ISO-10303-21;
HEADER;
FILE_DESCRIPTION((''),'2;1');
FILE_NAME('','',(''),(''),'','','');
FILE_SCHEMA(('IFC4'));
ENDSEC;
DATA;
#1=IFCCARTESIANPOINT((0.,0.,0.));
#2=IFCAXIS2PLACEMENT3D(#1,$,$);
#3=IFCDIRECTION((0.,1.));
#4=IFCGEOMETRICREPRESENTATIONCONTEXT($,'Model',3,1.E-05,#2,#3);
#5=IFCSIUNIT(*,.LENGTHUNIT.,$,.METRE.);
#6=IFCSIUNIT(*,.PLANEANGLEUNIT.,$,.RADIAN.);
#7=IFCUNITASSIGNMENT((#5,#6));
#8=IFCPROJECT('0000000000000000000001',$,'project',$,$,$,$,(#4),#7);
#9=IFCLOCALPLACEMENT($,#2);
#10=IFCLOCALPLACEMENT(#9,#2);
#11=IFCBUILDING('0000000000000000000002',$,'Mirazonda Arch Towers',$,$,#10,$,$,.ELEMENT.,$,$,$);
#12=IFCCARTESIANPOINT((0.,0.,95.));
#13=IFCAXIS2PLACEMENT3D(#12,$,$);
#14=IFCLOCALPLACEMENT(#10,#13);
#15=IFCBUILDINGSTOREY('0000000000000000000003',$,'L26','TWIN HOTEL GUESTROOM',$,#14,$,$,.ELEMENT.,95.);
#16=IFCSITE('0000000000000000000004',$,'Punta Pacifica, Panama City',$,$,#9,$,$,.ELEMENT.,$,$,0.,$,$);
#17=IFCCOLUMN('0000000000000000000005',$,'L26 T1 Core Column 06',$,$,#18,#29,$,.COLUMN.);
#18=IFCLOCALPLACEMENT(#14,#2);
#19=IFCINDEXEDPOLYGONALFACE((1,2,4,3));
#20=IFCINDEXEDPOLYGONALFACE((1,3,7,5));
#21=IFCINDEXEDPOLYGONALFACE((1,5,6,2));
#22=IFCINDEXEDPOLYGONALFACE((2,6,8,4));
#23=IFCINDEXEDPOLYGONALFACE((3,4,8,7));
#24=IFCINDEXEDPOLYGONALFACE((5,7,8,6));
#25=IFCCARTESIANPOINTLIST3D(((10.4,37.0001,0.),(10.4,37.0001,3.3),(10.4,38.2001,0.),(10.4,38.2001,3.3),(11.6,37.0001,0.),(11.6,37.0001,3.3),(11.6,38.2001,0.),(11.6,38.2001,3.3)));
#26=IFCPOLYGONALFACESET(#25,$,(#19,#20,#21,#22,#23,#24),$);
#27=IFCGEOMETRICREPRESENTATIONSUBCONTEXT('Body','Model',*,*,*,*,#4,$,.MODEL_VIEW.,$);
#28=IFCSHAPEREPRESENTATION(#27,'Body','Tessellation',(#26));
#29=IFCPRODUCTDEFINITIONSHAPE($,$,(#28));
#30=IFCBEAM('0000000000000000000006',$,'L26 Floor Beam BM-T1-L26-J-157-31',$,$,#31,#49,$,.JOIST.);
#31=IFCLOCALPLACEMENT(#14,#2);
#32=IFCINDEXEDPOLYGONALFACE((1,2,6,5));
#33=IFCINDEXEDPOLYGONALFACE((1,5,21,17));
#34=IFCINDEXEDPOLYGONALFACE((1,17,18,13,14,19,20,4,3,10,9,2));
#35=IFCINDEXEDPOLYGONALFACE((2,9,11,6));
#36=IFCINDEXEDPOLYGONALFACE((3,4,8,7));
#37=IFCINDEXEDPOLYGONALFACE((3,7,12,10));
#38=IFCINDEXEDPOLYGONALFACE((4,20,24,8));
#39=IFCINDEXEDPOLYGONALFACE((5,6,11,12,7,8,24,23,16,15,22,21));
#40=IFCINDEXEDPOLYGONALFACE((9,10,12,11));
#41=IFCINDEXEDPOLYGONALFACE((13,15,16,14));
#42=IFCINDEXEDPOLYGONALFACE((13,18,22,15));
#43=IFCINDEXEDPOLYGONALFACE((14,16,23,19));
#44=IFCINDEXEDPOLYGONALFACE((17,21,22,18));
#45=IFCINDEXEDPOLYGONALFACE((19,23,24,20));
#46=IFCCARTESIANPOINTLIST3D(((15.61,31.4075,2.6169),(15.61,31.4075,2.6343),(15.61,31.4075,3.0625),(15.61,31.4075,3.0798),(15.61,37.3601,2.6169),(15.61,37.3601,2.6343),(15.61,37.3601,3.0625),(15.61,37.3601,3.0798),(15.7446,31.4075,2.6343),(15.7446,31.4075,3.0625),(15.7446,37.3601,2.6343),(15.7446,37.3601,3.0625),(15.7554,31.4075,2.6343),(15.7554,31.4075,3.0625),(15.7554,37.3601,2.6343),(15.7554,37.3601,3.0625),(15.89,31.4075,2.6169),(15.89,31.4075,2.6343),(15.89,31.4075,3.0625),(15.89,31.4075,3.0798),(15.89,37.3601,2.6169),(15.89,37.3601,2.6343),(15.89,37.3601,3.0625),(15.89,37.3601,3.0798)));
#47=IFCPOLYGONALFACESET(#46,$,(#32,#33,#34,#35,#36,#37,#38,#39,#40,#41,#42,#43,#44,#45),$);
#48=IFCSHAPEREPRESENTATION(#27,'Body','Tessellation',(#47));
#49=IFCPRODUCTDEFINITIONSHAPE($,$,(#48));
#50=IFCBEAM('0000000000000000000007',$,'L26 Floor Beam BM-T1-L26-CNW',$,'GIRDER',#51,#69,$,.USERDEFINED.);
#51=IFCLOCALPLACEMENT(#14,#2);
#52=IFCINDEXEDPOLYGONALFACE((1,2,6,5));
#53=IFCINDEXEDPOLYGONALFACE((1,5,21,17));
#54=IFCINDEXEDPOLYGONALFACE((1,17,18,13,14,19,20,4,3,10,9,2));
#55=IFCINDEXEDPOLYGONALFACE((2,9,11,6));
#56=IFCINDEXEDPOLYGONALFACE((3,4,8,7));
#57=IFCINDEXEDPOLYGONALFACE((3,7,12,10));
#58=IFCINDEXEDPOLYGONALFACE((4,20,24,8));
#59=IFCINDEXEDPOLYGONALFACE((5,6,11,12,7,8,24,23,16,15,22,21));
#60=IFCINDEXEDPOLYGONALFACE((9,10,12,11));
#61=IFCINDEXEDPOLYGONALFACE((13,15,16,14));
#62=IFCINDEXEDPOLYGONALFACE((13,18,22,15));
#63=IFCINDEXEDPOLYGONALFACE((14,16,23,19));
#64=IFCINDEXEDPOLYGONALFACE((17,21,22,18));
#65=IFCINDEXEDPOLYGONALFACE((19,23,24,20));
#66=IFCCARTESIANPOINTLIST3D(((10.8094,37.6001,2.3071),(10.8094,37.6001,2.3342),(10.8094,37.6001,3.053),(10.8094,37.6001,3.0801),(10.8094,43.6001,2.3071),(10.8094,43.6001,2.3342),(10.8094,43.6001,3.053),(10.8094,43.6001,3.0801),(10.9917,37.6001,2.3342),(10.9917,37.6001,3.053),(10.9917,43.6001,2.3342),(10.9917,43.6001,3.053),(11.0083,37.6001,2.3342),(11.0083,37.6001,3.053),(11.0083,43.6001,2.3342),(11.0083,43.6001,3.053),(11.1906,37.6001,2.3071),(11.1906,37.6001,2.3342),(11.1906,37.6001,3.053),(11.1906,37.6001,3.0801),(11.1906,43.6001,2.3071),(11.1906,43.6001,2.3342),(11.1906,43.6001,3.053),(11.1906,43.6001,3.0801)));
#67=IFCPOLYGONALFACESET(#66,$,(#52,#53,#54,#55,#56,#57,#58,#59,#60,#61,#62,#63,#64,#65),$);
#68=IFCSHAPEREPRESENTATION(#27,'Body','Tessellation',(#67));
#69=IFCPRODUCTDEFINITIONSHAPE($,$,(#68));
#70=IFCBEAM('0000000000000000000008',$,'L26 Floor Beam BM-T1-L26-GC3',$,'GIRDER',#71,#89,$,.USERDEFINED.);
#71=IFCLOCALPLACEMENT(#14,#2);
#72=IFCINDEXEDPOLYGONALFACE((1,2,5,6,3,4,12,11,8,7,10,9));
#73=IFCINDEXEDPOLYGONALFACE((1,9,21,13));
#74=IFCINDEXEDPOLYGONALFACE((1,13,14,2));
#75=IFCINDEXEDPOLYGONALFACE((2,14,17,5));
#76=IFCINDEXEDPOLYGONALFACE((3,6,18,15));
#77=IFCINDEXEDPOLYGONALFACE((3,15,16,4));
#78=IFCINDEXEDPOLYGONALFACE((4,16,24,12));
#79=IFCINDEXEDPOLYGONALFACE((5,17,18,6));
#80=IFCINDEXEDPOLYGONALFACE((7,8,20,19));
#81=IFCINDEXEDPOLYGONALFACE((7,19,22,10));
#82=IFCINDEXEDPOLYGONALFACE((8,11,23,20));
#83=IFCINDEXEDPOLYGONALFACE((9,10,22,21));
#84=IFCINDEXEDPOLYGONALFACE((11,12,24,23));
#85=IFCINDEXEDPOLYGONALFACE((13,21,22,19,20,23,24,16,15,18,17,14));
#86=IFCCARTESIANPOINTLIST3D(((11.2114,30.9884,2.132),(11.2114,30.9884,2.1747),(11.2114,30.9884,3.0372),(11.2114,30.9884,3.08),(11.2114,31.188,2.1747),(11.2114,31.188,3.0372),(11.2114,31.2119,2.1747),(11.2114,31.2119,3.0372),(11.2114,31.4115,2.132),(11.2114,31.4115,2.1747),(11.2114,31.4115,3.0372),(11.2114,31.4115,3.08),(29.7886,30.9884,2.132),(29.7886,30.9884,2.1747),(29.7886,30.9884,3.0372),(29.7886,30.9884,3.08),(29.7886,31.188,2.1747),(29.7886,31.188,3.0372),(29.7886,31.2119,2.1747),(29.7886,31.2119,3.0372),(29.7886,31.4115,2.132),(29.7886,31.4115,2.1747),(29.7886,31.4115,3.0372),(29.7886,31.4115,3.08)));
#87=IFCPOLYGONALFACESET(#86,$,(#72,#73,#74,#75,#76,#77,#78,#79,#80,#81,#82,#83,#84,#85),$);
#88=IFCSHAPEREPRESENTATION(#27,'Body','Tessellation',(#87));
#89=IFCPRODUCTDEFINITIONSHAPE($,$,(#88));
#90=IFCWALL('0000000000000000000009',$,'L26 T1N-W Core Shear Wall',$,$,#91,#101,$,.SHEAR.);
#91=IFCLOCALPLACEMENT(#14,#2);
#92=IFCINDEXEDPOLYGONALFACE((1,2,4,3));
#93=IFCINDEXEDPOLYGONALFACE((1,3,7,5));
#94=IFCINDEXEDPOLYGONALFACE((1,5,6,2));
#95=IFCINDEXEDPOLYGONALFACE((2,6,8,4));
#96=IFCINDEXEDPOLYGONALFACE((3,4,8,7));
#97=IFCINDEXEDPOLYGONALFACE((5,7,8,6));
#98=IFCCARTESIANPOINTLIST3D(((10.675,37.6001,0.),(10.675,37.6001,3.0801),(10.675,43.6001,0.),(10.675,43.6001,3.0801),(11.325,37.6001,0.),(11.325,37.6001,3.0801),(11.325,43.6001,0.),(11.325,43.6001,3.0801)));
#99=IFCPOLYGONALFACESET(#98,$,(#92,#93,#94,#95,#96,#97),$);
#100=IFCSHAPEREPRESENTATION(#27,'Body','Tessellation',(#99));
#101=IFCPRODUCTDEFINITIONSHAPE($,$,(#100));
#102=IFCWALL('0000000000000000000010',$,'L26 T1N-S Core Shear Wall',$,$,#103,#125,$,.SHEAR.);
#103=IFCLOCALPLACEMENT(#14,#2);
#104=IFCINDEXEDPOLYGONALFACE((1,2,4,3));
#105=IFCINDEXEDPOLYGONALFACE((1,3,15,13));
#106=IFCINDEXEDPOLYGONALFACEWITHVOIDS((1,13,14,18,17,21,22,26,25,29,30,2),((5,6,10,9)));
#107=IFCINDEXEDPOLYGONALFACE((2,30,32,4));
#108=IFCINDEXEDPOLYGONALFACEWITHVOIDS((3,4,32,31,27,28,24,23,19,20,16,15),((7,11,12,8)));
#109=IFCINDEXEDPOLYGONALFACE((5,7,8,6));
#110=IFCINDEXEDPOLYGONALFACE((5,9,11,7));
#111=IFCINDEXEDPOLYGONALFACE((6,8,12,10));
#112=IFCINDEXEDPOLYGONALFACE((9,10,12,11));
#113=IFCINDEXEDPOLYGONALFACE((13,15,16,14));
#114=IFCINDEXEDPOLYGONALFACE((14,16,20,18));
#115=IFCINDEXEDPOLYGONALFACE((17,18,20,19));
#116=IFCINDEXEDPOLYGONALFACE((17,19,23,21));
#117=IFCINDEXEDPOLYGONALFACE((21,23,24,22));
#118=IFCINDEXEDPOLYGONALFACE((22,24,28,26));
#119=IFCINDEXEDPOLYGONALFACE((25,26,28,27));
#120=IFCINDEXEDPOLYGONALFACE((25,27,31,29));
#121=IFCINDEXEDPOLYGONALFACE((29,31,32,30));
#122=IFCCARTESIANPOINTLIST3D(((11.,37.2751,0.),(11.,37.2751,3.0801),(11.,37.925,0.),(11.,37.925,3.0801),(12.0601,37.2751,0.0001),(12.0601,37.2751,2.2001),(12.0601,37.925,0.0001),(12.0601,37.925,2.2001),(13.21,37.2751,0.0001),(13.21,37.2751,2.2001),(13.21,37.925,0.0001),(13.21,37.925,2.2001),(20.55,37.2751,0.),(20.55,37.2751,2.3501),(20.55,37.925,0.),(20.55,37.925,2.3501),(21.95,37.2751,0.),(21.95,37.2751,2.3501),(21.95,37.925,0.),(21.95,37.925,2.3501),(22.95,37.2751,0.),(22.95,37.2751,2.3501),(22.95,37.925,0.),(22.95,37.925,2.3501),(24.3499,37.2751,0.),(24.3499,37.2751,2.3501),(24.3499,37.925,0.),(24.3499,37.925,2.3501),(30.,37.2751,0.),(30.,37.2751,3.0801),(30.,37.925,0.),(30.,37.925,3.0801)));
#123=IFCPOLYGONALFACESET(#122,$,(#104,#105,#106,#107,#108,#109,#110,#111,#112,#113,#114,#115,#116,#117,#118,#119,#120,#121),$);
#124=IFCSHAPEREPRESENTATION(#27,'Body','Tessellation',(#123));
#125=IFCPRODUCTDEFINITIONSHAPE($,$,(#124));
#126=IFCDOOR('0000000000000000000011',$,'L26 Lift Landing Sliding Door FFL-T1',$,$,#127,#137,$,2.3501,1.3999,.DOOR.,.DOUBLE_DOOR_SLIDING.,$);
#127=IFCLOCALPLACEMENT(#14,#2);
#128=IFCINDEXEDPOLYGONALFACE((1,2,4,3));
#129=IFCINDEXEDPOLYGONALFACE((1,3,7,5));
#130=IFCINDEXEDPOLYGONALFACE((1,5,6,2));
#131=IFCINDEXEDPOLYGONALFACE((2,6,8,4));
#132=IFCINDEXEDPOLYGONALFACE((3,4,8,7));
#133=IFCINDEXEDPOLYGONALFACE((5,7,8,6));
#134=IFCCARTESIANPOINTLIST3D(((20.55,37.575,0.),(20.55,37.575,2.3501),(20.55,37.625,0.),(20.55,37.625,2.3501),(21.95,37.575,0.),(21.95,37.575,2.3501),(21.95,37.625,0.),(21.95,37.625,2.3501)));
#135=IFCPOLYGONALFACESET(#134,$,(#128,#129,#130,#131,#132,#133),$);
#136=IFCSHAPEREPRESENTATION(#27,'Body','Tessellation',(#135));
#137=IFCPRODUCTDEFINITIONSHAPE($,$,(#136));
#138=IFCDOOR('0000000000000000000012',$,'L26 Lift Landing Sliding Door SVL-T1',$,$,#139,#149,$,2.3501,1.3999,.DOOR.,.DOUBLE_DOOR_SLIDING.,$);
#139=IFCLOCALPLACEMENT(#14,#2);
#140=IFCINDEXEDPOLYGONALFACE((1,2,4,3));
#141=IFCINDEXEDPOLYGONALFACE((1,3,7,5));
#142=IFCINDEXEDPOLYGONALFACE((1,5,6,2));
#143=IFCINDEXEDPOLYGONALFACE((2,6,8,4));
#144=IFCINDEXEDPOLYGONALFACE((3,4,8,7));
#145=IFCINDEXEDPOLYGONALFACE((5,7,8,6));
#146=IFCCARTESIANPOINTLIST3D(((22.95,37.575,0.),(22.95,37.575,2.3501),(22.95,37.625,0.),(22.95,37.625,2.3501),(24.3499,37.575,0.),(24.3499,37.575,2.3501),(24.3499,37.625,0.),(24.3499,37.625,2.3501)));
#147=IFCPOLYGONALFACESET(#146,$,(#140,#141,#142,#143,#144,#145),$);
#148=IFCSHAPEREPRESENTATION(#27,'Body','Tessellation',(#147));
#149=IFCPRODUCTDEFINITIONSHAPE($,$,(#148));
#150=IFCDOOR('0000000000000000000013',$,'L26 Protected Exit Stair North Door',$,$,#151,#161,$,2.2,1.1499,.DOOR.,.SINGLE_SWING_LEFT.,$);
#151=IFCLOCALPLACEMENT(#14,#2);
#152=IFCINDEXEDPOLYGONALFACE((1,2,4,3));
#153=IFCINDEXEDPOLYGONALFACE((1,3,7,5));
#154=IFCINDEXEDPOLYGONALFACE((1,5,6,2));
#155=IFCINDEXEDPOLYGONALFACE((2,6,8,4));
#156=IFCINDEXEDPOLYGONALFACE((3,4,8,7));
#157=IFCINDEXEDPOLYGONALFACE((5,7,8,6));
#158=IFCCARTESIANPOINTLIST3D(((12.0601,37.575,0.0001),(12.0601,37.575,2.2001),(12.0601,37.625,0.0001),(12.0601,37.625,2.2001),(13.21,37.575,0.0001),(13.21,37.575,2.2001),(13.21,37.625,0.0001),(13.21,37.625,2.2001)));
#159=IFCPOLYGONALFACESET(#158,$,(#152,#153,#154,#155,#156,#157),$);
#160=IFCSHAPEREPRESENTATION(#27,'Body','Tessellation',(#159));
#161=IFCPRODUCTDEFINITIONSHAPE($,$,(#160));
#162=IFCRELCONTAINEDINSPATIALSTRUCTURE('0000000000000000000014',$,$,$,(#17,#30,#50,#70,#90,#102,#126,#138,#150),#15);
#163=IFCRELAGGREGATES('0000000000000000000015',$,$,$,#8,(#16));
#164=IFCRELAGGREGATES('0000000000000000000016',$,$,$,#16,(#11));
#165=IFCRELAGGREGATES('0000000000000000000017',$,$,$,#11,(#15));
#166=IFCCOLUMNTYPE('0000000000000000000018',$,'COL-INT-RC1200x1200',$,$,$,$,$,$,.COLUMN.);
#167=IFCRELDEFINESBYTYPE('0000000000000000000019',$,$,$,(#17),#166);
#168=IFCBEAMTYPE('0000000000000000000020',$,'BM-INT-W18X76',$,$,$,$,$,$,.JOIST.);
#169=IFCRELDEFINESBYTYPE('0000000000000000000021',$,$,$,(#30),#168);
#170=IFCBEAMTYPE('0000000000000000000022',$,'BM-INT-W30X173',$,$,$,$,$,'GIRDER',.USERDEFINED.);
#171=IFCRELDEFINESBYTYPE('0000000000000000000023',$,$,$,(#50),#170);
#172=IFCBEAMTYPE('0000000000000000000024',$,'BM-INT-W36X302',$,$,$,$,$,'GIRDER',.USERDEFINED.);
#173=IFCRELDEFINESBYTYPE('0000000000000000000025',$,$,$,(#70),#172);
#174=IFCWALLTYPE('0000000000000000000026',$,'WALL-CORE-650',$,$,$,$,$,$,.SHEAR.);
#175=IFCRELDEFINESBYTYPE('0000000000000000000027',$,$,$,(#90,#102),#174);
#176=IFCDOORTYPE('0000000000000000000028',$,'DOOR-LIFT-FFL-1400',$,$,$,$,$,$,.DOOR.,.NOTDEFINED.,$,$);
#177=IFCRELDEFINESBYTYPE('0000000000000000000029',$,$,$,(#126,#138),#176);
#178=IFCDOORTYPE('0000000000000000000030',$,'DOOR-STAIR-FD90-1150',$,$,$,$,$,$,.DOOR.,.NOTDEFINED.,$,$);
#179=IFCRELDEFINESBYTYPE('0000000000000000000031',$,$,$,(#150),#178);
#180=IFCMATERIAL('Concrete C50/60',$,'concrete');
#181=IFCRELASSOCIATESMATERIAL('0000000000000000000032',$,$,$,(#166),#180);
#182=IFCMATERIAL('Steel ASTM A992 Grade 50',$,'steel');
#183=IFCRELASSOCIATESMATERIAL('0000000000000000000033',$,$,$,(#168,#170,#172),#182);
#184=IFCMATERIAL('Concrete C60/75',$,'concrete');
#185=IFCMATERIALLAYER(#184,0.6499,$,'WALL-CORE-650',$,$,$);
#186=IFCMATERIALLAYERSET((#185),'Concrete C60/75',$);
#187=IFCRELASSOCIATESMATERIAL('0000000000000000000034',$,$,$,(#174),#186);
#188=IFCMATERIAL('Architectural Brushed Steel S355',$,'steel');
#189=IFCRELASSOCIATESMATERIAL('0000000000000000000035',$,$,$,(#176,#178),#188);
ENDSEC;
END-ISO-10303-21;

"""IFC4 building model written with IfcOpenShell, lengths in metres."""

from ifc_helpers import new_model, si_unit, direction, frame, frame_2d, origin, origin_2d, place, context, subcontext, project, spatial, rectangle, i_section, extrude, material, layer, layer_set, material_profile, profile_set, type_object, element, fill, save


model = new_model("IFC4")

# Units and contexts
model_context = context("Model", 3, precision=1e-05, world=origin(), true_north=direction((0.0, 1.0)))
body_context = subcontext(model_context, "Body", "Model", "MODEL_VIEW")
ifc_project = project(units=[si_unit("LENGTHUNIT", "METRE"), si_unit("PLANEANGLEUNIT", "RADIAN")], contexts=[model_context])

# Site, building, storey
site_placement = place(None, origin())
site = spatial("IfcSite", under=ifc_project, at=site_placement, Name="Punta Pacifica, Panama City", CompositionType="ELEMENT", RefElevation=0.0)
building_placement = place(site_placement, origin())
building = spatial("IfcBuilding", under=site, at=building_placement, Name="Mirazonda Arch Towers", CompositionType="ELEMENT")
storey_placement = place(building_placement, frame((0.0, 0.0, 95.0)))
storey = spatial("IfcBuildingStorey", under=building, at=storey_placement, Name="L26", Description="TWIN HOTEL GUESTROOM", CompositionType="ELEMENT", Elevation=95.0)

# Column
ifc_material_1 = material(Name="Concrete C50/60", Category="concrete")
ifc_material_profile_1 = material_profile(ifc_material_1, rectangle(XDim=1.2, YDim=1.2, at=origin_2d()), Name="RC1200x1200")
ifc_profile_set_1 = profile_set([ifc_material_profile_1], Name="Concrete C50/60")
column_type = type_object("IfcColumnType", Name="COL-INT-RC1200x1200", PredefinedType="COLUMN", material=ifc_profile_set_1)
column_placement = place(storey_placement, frame((11.0, 37.6001, 0.0), z_axis=(0.0, 0.0, 1.0), x_axis=(1.0, 0.0, 0.0)))
element("IfcColumn", 1, at=column_placement, inside=storey, type_object=column_type, Name="L26 T1 Core Column 06", PredefinedType="COLUMN", context=body_context, shape_type="SweptSolid", body=[
    extrude(rectangle(XDim=1.2, YDim=1.2, at=origin_2d()), origin(), (0.0, 0.0, 1.0), 3.3),
])

# Beams
ifc_material_2 = material(Name="Steel ASTM A992 Grade 50", Category="steel")
ifc_material_profile_2 = material_profile(ifc_material_2, i_section(OverallWidth=0.28, OverallDepth=0.4629, WebThickness=0.0107, FlangeThickness=0.0173, at=origin_2d()), Name="W18X76")
ifc_profile_set_2 = profile_set([ifc_material_profile_2], Name="Steel ASTM A992 Grade 50")
beam_type_1 = type_object("IfcBeamType", Name="BM-INT-W18X76", PredefinedType="JOIST", material=ifc_profile_set_2)
beam_1_placement = place(storey_placement, frame((15.75, 31.4075, 2.8484), z_axis=(0.0, 1.0, 0.0), x_axis=(-1.0, 0.0, 0.0)))
element("IfcBeam", 2, at=beam_1_placement, inside=storey, type_object=beam_type_1, Name="L26 Floor Beam BM-T1-L26-J-157-31", PredefinedType="JOIST", context=body_context, shape_type="SweptSolid", body=[
    extrude(i_section(OverallWidth=0.28, OverallDepth=0.4629, WebThickness=0.0107, FlangeThickness=0.0173, at=origin_2d()), origin(), (0.0, 0.0, 1.0), 5.9526),
])
ifc_material_profile_3 = material_profile(ifc_material_2, i_section(OverallWidth=0.3811, OverallDepth=0.7729, WebThickness=0.0166, FlangeThickness=0.0271, at=origin_2d()), Name="W30X173")
ifc_profile_set_3 = profile_set([ifc_material_profile_3], Name="Steel ASTM A992 Grade 50")
beam_type_2 = type_object("IfcBeamType", Name="BM-INT-W30X173", ElementType="GIRDER", PredefinedType="USERDEFINED", material=ifc_profile_set_3)
beam_2_placement = place(storey_placement, frame((11.0, 37.6001, 2.6936), z_axis=(0.0, 1.0, 0.0), x_axis=(-1.0, 0.0, 0.0)))
element("IfcBeam", 3, at=beam_2_placement, inside=storey, type_object=beam_type_2, Name="L26 Floor Beam BM-T1-L26-CNW", ObjectType="GIRDER", PredefinedType="USERDEFINED", context=body_context, shape_type="SweptSolid", body=[
    extrude(i_section(OverallWidth=0.3811, OverallDepth=0.7729, WebThickness=0.0166, FlangeThickness=0.0271, at=origin_2d()), origin(), (0.0, 0.0, 1.0), 6.0),
])
ifc_material_profile_4 = material_profile(ifc_material_2, i_section(OverallWidth=0.4231, OverallDepth=0.948, WebThickness=0.0239, FlangeThickness=0.0427, at=origin_2d()), Name="W36X302")
ifc_profile_set_4 = profile_set([ifc_material_profile_4], Name="Steel ASTM A992 Grade 50")
beam_type_3 = type_object("IfcBeamType", Name="BM-INT-W36X302", ElementType="GIRDER", PredefinedType="USERDEFINED", material=ifc_profile_set_4)
beam_3_placement = place(storey_placement, frame((11.2114, 31.2, 2.606), z_axis=(1.0, 0.0, 0.0), x_axis=(0.0, 1.0, 0.0)))
element("IfcBeam", 4, at=beam_3_placement, inside=storey, type_object=beam_type_3, Name="L26 Floor Beam BM-T1-L26-GC3", ObjectType="GIRDER", PredefinedType="USERDEFINED", context=body_context, shape_type="SweptSolid", body=[
    extrude(i_section(OverallWidth=0.4231, OverallDepth=0.948, WebThickness=0.0239, FlangeThickness=0.0427, at=origin_2d()), origin(), (0.0, 0.0, 1.0), 18.5771),
])

# Wall
ifc_material_3 = material(Name="Concrete C60/75", Category="concrete")
ifc_layer_1 = layer(ifc_material_3, 0.6499, Name="WALL-CORE-650")
ifc_layer_set_1 = layer_set([ifc_layer_1], Name="Concrete C60/75")
wall_type_1 = type_object("IfcWallType", Name="WALL-CORE-650", PredefinedType="SHEAR", material=ifc_layer_set_1)
wall_1_placement = place(storey_placement, frame((11.0, 37.6001, 0.0), z_axis=(0.0, 0.0, 1.0), x_axis=(0.0, 1.0, 0.0)))
element("IfcWall", 5, at=wall_1_placement, inside=storey, type_object=wall_type_1, Name="L26 T1N-W Core Shear Wall", PredefinedType="SHEAR", context=body_context, shape_type="SweptSolid", body=[
    extrude(rectangle(XDim=6.0, YDim=0.6499, at=frame_2d((3.0, 0.0))), origin(), (0.0, 0.0, 1.0), 3.0801),
])

# Wall, openings, doors
wall_2_placement = place(storey_placement, frame((11.0, 37.6001, 0.0), z_axis=(0.0, 0.0, 1.0), x_axis=(1.0, 0.0, 0.0)))
wall_2 = element("IfcWall", 6, at=wall_2_placement, inside=storey, type_object=wall_type_1, Name="L26 T1N-S Core Shear Wall", PredefinedType="SHEAR", context=body_context, shape_type="SweptSolid", body=[
    extrude(rectangle(XDim=19.0, YDim=0.6499, at=frame_2d((9.5, 0.0))), origin(), (0.0, 0.0, 1.0), 3.0801),
])
opening_1_placement = place(wall_2_placement, frame((1.0601, 0.0, 0.0)))
opening_1 = element("IfcOpeningElement", 7, at=opening_1_placement, cuts=wall_2, PredefinedType="OPENING", context=body_context, shape_type="SweptSolid", body=[
    extrude(rectangle(XDim=1.1499, YDim=2.2, at=frame_2d((0.575, 1.1001))), frame((0.0, 0.335, 0.0), z_axis=(0.0, -1.0, 0.0), x_axis=(1.0, 0.0, 0.0)), (0.0, 0.0, 1.0), 0.6699),
])
opening_2_placement = place(wall_2_placement, frame((9.55, 0.0, 0.0)))
opening_2 = element("IfcOpeningElement", 8, at=opening_2_placement, cuts=wall_2, PredefinedType="OPENING", context=body_context, shape_type="SweptSolid", body=[
    extrude(rectangle(XDim=1.3999, YDim=2.3501, at=frame_2d((0.7, 1.175))), frame((0.0, 0.335, 0.0), z_axis=(0.0, -1.0, 0.0), x_axis=(1.0, 0.0, 0.0)), (0.0, 0.0, 1.0), 0.6699),
])
opening_3_placement = place(wall_2_placement, frame((11.95, 0.0, 0.0)))
opening_3 = element("IfcOpeningElement", 9, at=opening_3_placement, cuts=wall_2, PredefinedType="OPENING", context=body_context, shape_type="SweptSolid", body=[
    extrude(rectangle(XDim=1.3999, YDim=2.3501, at=frame_2d((0.7, 1.175))), frame((0.0, 0.335, 0.0), z_axis=(0.0, -1.0, 0.0), x_axis=(1.0, 0.0, 0.0)), (0.0, 0.0, 1.0), 0.6699),
])
ifc_material_4 = material(Name="Architectural Brushed Steel S355", Category="steel")
door_type_1 = type_object("IfcDoorType", Name="DOOR-LIFT-FFL-1400", OperationType="NOTDEFINED", PredefinedType="DOOR", material=ifc_material_4)
door_1_placement = place(opening_2_placement, origin())
door_1 = element("IfcDoor", 10, at=door_1_placement, inside=storey, type_object=door_type_1, Name="L26 Lift Landing Sliding Door FFL-T1", OperationType="DOUBLE_DOOR_SLIDING", OverallHeight=2.3501, OverallWidth=1.3999, PredefinedType="DOOR", context=body_context, shape_type="SweptSolid", body=[
    extrude(rectangle(XDim=1.3999, YDim=2.3501, at=frame_2d((0.7, 1.175))), frame((0.0, 0.0249, 0.0), z_axis=(0.0, -1.0, 0.0), x_axis=(1.0, 0.0, 0.0)), (0.0, 0.0, 1.0), 0.05),
])
fill(opening_2, door_1)
door_2_placement = place(opening_3_placement, origin())
door_2 = element("IfcDoor", 11, at=door_2_placement, inside=storey, type_object=door_type_1, Name="L26 Lift Landing Sliding Door SVL-T1", OperationType="DOUBLE_DOOR_SLIDING", OverallHeight=2.3501, OverallWidth=1.3999, PredefinedType="DOOR", context=body_context, shape_type="SweptSolid", body=[
    extrude(rectangle(XDim=1.3999, YDim=2.3501, at=frame_2d((0.7, 1.175))), frame((0.0, 0.0249, 0.0), z_axis=(0.0, -1.0, 0.0), x_axis=(1.0, 0.0, 0.0)), (0.0, 0.0, 1.0), 0.05),
])
fill(opening_3, door_2)
door_type_2 = type_object("IfcDoorType", Name="DOOR-STAIR-FD90-1150", OperationType="NOTDEFINED", PredefinedType="DOOR", material=ifc_material_4)
door_3_placement = place(opening_1_placement, origin())
door_3 = element("IfcDoor", 12, at=door_3_placement, inside=storey, type_object=door_type_2, Name="L26 Protected Exit Stair North Door", OperationType="SINGLE_SWING_LEFT", OverallHeight=2.2, OverallWidth=1.1499, PredefinedType="DOOR", context=body_context, shape_type="SweptSolid", body=[
    extrude(rectangle(XDim=1.1499, YDim=2.2, at=frame_2d((0.575, 1.1001))), frame((0.0, 0.0249, 0.0), z_axis=(0.0, -1.0, 0.0), x_axis=(1.0, 0.0, 0.0)), (0.0, 0.0, 1.0), 0.05),
])
fill(opening_1, door_3)

save(model, "model.ifc")
